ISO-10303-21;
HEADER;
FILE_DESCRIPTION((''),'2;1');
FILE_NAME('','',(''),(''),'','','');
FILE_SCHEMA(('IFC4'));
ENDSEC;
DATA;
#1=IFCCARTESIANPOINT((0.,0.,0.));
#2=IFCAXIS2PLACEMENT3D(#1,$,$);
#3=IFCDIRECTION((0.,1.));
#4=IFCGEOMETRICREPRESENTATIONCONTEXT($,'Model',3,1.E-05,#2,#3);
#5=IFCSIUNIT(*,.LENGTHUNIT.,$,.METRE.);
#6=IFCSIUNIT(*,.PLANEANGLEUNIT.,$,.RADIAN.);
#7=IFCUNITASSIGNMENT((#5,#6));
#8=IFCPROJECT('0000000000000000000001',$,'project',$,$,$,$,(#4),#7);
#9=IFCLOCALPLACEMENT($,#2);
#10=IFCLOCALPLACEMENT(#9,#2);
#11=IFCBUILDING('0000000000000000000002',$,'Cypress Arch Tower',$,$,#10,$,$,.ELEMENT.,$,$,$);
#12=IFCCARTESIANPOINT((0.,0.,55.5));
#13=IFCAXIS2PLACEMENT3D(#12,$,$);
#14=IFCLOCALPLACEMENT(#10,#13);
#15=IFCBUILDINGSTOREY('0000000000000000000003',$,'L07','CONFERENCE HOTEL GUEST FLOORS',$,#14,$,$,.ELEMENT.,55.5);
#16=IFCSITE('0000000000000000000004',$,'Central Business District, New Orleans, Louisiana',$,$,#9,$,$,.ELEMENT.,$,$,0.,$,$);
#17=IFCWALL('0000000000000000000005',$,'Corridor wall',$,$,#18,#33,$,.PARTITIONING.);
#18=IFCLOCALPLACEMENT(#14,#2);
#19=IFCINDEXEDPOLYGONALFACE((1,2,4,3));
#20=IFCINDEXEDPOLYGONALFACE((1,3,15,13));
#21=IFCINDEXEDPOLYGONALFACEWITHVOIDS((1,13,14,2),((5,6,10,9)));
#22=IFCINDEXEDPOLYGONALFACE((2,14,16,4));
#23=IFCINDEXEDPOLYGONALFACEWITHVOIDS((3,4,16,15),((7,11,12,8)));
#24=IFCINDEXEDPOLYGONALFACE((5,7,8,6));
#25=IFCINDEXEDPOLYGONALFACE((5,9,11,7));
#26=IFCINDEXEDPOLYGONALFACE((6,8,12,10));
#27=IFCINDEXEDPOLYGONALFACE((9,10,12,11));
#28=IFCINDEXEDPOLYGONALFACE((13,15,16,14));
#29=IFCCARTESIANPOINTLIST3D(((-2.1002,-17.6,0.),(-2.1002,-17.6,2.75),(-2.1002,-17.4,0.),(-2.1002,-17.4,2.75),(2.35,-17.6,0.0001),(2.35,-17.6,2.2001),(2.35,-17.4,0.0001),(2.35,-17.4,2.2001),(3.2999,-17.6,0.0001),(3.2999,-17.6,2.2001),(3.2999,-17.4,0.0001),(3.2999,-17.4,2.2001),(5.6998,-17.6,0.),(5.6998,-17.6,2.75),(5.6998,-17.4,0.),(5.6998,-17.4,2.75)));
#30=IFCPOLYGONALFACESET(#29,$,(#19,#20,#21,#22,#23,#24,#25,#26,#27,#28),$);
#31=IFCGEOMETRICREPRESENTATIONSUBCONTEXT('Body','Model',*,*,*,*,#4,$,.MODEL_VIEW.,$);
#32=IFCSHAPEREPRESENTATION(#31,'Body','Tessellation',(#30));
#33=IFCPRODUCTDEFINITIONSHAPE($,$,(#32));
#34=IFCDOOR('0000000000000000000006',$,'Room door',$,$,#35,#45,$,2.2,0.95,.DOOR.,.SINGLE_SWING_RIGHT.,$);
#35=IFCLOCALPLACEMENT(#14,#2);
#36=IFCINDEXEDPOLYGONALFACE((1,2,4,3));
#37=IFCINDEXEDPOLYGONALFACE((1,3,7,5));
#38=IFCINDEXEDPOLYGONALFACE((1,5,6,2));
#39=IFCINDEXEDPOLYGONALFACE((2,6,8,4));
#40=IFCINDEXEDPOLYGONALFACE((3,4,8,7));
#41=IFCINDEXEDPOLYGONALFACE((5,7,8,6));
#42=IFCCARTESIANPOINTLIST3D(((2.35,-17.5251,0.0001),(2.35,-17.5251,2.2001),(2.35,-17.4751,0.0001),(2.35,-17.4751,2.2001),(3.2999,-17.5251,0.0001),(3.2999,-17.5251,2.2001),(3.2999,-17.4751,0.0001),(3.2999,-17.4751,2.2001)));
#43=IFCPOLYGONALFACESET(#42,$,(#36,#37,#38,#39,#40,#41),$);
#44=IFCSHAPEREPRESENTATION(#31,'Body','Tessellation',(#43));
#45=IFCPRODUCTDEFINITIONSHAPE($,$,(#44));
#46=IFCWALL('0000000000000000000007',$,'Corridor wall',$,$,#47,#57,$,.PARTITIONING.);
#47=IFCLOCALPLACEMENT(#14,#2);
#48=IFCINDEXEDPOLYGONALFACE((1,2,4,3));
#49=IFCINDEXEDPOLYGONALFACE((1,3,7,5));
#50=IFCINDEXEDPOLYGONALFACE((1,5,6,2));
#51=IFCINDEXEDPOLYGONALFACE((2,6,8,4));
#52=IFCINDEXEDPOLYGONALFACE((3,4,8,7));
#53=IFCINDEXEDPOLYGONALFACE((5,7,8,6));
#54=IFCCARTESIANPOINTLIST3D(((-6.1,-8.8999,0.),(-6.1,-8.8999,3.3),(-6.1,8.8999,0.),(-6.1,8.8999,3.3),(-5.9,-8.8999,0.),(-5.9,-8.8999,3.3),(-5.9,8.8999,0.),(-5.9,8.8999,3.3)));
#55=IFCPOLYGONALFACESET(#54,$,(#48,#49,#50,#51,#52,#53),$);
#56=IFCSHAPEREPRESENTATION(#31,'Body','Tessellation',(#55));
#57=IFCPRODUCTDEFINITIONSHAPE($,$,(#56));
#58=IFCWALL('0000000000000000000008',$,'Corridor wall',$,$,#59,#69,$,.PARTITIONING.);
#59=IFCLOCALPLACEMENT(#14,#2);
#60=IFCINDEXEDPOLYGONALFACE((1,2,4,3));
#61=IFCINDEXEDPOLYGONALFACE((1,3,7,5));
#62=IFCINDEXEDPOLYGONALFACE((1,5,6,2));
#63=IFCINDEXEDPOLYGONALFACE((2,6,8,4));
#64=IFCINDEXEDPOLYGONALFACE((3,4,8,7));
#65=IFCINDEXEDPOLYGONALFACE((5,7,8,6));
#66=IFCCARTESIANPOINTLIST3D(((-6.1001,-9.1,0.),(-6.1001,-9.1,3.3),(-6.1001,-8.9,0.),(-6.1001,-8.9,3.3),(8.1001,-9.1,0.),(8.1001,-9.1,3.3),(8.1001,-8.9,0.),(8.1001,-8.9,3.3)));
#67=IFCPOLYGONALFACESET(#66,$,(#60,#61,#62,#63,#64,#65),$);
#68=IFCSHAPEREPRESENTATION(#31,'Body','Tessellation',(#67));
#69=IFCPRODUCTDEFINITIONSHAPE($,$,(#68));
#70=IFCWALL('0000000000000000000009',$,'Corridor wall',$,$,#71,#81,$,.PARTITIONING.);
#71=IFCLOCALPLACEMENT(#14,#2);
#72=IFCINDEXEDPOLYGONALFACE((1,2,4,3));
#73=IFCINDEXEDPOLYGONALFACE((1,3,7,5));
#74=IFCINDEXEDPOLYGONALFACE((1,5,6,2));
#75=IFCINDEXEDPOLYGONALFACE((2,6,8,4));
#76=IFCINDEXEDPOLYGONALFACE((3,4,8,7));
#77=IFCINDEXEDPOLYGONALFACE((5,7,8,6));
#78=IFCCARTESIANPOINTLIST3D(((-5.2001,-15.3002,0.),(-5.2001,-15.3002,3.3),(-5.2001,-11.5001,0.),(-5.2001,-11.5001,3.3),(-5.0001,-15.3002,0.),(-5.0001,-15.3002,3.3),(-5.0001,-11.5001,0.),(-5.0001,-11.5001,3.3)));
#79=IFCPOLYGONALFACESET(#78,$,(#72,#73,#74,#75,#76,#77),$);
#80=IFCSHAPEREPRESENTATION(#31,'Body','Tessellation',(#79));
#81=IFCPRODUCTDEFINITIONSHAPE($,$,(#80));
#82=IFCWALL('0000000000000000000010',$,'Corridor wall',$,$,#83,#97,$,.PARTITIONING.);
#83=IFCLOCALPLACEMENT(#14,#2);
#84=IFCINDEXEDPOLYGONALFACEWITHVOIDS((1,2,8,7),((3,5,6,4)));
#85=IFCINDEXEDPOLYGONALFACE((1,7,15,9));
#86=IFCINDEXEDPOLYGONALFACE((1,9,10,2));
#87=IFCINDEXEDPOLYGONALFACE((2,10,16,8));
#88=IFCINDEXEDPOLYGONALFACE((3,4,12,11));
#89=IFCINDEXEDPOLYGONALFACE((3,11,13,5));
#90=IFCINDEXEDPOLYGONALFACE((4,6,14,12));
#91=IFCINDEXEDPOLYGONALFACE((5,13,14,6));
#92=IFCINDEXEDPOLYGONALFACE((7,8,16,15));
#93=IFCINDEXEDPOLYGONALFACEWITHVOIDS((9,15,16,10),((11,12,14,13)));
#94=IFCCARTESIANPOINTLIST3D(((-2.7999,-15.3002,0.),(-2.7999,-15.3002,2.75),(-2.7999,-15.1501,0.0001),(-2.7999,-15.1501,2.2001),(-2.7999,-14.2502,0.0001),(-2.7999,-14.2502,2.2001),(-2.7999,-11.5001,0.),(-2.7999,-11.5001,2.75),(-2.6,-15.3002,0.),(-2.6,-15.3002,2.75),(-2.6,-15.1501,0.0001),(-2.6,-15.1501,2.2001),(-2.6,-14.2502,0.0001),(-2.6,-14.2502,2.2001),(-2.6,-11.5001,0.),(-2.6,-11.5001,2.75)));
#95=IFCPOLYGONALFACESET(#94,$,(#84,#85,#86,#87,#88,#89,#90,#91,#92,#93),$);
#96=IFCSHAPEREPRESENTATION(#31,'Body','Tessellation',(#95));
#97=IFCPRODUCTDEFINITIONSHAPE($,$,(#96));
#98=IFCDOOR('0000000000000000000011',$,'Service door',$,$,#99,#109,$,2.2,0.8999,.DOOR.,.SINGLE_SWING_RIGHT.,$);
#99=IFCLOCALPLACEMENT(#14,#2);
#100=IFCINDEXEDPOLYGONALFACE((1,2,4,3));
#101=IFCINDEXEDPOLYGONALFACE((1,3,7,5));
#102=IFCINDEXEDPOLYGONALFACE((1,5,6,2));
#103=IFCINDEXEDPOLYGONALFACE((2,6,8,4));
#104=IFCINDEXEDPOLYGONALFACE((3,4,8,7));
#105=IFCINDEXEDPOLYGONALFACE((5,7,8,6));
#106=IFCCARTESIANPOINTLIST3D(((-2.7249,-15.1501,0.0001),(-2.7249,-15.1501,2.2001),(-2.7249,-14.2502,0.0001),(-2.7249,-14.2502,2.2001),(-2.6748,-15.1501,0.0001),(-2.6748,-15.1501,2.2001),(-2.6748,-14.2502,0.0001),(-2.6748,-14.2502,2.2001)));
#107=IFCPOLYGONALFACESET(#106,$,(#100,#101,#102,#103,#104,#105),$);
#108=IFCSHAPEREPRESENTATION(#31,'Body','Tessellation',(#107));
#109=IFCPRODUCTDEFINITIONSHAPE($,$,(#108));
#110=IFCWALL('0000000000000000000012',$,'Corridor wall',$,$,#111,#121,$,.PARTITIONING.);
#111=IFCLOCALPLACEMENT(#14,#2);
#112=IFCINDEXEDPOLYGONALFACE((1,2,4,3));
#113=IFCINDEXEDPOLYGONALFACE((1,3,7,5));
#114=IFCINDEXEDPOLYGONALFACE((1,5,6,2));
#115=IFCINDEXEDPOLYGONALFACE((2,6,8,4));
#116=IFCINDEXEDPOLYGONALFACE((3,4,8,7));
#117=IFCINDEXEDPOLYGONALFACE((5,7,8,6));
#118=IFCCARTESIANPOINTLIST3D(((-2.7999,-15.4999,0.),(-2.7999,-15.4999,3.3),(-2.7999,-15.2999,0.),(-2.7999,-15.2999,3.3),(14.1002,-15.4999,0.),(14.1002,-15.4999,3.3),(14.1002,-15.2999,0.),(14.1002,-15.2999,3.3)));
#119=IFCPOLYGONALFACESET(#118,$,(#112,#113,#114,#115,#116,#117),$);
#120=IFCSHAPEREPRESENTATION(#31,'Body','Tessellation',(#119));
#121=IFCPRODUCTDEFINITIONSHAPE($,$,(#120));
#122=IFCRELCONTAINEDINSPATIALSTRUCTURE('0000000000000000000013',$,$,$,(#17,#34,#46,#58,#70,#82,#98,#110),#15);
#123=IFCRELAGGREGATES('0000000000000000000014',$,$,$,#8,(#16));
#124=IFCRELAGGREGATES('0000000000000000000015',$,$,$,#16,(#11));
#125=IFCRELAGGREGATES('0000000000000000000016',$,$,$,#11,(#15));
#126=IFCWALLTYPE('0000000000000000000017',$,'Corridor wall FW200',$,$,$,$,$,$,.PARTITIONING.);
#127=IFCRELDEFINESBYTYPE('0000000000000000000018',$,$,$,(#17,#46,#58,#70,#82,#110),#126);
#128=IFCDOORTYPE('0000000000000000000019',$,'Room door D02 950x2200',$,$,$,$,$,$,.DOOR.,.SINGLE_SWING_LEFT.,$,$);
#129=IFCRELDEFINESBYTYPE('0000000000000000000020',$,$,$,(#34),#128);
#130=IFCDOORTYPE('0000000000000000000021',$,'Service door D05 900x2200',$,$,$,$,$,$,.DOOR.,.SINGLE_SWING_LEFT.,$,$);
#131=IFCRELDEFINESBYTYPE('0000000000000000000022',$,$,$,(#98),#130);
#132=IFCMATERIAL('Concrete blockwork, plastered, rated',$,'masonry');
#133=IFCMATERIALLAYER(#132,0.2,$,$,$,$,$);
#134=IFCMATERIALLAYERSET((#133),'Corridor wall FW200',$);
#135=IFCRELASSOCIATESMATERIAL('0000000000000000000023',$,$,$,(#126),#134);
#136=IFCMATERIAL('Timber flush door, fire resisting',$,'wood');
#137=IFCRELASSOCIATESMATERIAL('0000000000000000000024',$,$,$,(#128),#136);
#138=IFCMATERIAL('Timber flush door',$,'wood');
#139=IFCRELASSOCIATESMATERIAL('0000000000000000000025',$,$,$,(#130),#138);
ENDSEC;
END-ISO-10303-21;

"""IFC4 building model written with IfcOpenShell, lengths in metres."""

from ifc_helpers import new_model, si_unit, direction, frame, frame_2d, origin, place, context, subcontext, project, spatial, rectangle, extrude, material, layer, layer_set, type_object, element, fill, save


model = new_model("IFC4")

# Units and contexts
model_context = context("Model", 3, precision=1e-05, world=origin(), true_north=direction((0.0, 1.0)))
body_context = subcontext(model_context, "Body", "Model", "MODEL_VIEW")
ifc_project = project(units=[si_unit("LENGTHUNIT", "METRE"), si_unit("PLANEANGLEUNIT", "RADIAN")], contexts=[model_context])

# Site, building, storey
site_placement = place(None, origin())
site = spatial("IfcSite", under=ifc_project, at=site_placement, Name="Central Business District, New Orleans, Louisiana", CompositionType="ELEMENT", RefElevation=0.0)
building_placement = place(site_placement, origin())
building = spatial("IfcBuilding", under=site, at=building_placement, Name="Cypress Arch Tower", CompositionType="ELEMENT")
storey_placement = place(building_placement, frame((0.0, 0.0, 55.5)))
storey = spatial("IfcBuildingStorey", under=building, at=storey_placement, Name="L07", Description="CONFERENCE HOTEL GUEST FLOORS", CompositionType="ELEMENT", Elevation=55.5)

# Wall, opening, door
ifc_material_1 = material(Name="Concrete blockwork, plastered, rated", Category="masonry")
ifc_layer = layer(ifc_material_1, 0.2)
ifc_layer_set = layer_set([ifc_layer], Name="Corridor wall FW200")
wall_type = type_object("IfcWallType", Name="Corridor wall FW200", PredefinedType="PARTITIONING", material=ifc_layer_set)
wall_1_placement = place(storey_placement, frame((-2.1001, -17.5, 0.0), z_axis=(0.0, 0.0, 1.0), x_axis=(1.0, 0.0, 0.0)))
wall_1 = element("IfcWall", 1, at=wall_1_placement, inside=storey, type_object=wall_type, Name="Corridor wall", PredefinedType="PARTITIONING", context=body_context, shape_type="SweptSolid", body=[
    extrude(rectangle(XDim=7.8, YDim=0.2, at=frame_2d((3.8999, 0.0))), origin(), (0.0, 0.0, 1.0), 2.75),
])
opening_1_placement = place(wall_1_placement, frame((4.45, 0.0, 0.0)))
opening_1 = element("IfcOpeningElement", 2, at=opening_1_placement, cuts=wall_1, PredefinedType="OPENING", context=body_context, shape_type="SweptSolid", body=[
    extrude(rectangle(XDim=0.95, YDim=2.2, at=frame_2d((0.4751, 1.1001))), frame((0.0, 0.1099, 0.0), z_axis=(0.0, -1.0, 0.0), x_axis=(1.0, 0.0, 0.0)), (0.0, 0.0, 1.0), 0.22),
])
ifc_material_2 = material(Name="Timber flush door, fire resisting", Category="wood")
door_type_1 = type_object("IfcDoorType", Name="Room door D02 950x2200", OperationType="SINGLE_SWING_LEFT", PredefinedType="DOOR", material=ifc_material_2)
door_1_placement = place(opening_1_placement, origin())
door_1 = element("IfcDoor", 3, at=door_1_placement, inside=storey, type_object=door_type_1, Name="Room door", OperationType="SINGLE_SWING_RIGHT", OverallHeight=2.2, OverallWidth=0.95, PredefinedType="DOOR", context=body_context, shape_type="SweptSolid", body=[
    extrude(rectangle(XDim=0.95, YDim=2.2, at=frame_2d((0.4751, 1.1001))), frame((0.0, 0.0249, 0.0), z_axis=(0.0, -1.0, 0.0), x_axis=(1.0, 0.0, 0.0)), (0.0, 0.0, 1.0), 0.05),
])
fill(opening_1, door_1)

# Walls
wall_2_placement = place(storey_placement, frame((-6.0, -8.8999, 0.0), z_axis=(0.0, 0.0, 1.0), x_axis=(0.0, 1.0, 0.0)))
element("IfcWall", 4, at=wall_2_placement, inside=storey, type_object=wall_type, Name="Corridor wall", PredefinedType="PARTITIONING", context=body_context, shape_type="SweptSolid", body=[
    extrude(rectangle(XDim=17.7998, YDim=0.2, at=frame_2d((8.8999, 0.0))), origin(), (0.0, 0.0, 1.0), 3.3),
])
wall_3_placement = place(storey_placement, frame((-6.1001, -9.0, 0.0), z_axis=(0.0, 0.0, 1.0), x_axis=(1.0, 0.0, 0.0)))
element("IfcWall", 5, at=wall_3_placement, inside=storey, type_object=wall_type, Name="Corridor wall", PredefinedType="PARTITIONING", context=body_context, shape_type="SweptSolid", body=[
    extrude(rectangle(XDim=14.2002, YDim=0.2, at=frame_2d((7.1001, 0.0))), origin(), (0.0, 0.0, 1.0), 3.3),
])
wall_4_placement = place(storey_placement, frame((-5.1001, -15.3, 0.0), z_axis=(0.0, 0.0, 1.0), x_axis=(0.0, 1.0, 0.0)))
element("IfcWall", 6, at=wall_4_placement, inside=storey, type_object=wall_type, Name="Corridor wall", PredefinedType="PARTITIONING", context=body_context, shape_type="SweptSolid", body=[
    extrude(rectangle(XDim=3.8, YDim=0.2, at=frame_2d((1.8999, 0.0))), origin(), (0.0, 0.0, 1.0), 3.3),
])

# Wall, opening, door
wall_5_placement = place(storey_placement, frame((-2.7, -15.3, 0.0), z_axis=(0.0, 0.0, 1.0), x_axis=(0.0, 1.0, 0.0)))
wall_5 = element("IfcWall", 7, at=wall_5_placement, inside=storey, type_object=wall_type, Name="Corridor wall", PredefinedType="PARTITIONING", context=body_context, shape_type="SweptSolid", body=[
    extrude(rectangle(XDim=3.8, YDim=0.2, at=frame_2d((1.8999, 0.0))), origin(), (0.0, 0.0, 1.0), 2.75),
])
opening_2_placement = place(wall_5_placement, frame((0.1499, 0.0, 0.0)))
opening_2 = element("IfcOpeningElement", 8, at=opening_2_placement, cuts=wall_5, PredefinedType="OPENING", context=body_context, shape_type="SweptSolid", body=[
    extrude(rectangle(XDim=0.8999, YDim=2.2, at=frame_2d((0.45, 1.1001))), frame((0.0, 0.1099, 0.0), z_axis=(0.0, -1.0, 0.0), x_axis=(1.0, 0.0, 0.0)), (0.0, 0.0, 1.0), 0.22),
])
ifc_material_3 = material(Name="Timber flush door", Category="wood")
door_type_2 = type_object("IfcDoorType", Name="Service door D05 900x2200", OperationType="SINGLE_SWING_LEFT", PredefinedType="DOOR", material=ifc_material_3)
door_2_placement = place(opening_2_placement, origin())
door_2 = element("IfcDoor", 9, at=door_2_placement, inside=storey, type_object=door_type_2, Name="Service door", OperationType="SINGLE_SWING_RIGHT", OverallHeight=2.2, OverallWidth=0.8999, PredefinedType="DOOR", context=body_context, shape_type="SweptSolid", body=[
    extrude(rectangle(XDim=0.8999, YDim=2.2, at=frame_2d((0.45, 1.1001))), frame((0.0, 0.0249, 0.0), z_axis=(0.0, -1.0, 0.0), x_axis=(1.0, 0.0, 0.0)), (0.0, 0.0, 1.0), 0.05),
])
fill(opening_2, door_2)

# Wall
wall_6_placement = place(storey_placement, frame((-2.8, -15.3999, 0.0), z_axis=(0.0, 0.0, 1.0), x_axis=(1.0, 0.0, 0.0)))
element("IfcWall", 10, at=wall_6_placement, inside=storey, type_object=wall_type, Name="Corridor wall", PredefinedType="PARTITIONING", context=body_context, shape_type="SweptSolid", body=[
    extrude(rectangle(XDim=16.9001, YDim=0.2, at=frame_2d((8.4502, 0.0))), origin(), (0.0, 0.0, 1.0), 3.3),
])

save(model, "model.ifc")
